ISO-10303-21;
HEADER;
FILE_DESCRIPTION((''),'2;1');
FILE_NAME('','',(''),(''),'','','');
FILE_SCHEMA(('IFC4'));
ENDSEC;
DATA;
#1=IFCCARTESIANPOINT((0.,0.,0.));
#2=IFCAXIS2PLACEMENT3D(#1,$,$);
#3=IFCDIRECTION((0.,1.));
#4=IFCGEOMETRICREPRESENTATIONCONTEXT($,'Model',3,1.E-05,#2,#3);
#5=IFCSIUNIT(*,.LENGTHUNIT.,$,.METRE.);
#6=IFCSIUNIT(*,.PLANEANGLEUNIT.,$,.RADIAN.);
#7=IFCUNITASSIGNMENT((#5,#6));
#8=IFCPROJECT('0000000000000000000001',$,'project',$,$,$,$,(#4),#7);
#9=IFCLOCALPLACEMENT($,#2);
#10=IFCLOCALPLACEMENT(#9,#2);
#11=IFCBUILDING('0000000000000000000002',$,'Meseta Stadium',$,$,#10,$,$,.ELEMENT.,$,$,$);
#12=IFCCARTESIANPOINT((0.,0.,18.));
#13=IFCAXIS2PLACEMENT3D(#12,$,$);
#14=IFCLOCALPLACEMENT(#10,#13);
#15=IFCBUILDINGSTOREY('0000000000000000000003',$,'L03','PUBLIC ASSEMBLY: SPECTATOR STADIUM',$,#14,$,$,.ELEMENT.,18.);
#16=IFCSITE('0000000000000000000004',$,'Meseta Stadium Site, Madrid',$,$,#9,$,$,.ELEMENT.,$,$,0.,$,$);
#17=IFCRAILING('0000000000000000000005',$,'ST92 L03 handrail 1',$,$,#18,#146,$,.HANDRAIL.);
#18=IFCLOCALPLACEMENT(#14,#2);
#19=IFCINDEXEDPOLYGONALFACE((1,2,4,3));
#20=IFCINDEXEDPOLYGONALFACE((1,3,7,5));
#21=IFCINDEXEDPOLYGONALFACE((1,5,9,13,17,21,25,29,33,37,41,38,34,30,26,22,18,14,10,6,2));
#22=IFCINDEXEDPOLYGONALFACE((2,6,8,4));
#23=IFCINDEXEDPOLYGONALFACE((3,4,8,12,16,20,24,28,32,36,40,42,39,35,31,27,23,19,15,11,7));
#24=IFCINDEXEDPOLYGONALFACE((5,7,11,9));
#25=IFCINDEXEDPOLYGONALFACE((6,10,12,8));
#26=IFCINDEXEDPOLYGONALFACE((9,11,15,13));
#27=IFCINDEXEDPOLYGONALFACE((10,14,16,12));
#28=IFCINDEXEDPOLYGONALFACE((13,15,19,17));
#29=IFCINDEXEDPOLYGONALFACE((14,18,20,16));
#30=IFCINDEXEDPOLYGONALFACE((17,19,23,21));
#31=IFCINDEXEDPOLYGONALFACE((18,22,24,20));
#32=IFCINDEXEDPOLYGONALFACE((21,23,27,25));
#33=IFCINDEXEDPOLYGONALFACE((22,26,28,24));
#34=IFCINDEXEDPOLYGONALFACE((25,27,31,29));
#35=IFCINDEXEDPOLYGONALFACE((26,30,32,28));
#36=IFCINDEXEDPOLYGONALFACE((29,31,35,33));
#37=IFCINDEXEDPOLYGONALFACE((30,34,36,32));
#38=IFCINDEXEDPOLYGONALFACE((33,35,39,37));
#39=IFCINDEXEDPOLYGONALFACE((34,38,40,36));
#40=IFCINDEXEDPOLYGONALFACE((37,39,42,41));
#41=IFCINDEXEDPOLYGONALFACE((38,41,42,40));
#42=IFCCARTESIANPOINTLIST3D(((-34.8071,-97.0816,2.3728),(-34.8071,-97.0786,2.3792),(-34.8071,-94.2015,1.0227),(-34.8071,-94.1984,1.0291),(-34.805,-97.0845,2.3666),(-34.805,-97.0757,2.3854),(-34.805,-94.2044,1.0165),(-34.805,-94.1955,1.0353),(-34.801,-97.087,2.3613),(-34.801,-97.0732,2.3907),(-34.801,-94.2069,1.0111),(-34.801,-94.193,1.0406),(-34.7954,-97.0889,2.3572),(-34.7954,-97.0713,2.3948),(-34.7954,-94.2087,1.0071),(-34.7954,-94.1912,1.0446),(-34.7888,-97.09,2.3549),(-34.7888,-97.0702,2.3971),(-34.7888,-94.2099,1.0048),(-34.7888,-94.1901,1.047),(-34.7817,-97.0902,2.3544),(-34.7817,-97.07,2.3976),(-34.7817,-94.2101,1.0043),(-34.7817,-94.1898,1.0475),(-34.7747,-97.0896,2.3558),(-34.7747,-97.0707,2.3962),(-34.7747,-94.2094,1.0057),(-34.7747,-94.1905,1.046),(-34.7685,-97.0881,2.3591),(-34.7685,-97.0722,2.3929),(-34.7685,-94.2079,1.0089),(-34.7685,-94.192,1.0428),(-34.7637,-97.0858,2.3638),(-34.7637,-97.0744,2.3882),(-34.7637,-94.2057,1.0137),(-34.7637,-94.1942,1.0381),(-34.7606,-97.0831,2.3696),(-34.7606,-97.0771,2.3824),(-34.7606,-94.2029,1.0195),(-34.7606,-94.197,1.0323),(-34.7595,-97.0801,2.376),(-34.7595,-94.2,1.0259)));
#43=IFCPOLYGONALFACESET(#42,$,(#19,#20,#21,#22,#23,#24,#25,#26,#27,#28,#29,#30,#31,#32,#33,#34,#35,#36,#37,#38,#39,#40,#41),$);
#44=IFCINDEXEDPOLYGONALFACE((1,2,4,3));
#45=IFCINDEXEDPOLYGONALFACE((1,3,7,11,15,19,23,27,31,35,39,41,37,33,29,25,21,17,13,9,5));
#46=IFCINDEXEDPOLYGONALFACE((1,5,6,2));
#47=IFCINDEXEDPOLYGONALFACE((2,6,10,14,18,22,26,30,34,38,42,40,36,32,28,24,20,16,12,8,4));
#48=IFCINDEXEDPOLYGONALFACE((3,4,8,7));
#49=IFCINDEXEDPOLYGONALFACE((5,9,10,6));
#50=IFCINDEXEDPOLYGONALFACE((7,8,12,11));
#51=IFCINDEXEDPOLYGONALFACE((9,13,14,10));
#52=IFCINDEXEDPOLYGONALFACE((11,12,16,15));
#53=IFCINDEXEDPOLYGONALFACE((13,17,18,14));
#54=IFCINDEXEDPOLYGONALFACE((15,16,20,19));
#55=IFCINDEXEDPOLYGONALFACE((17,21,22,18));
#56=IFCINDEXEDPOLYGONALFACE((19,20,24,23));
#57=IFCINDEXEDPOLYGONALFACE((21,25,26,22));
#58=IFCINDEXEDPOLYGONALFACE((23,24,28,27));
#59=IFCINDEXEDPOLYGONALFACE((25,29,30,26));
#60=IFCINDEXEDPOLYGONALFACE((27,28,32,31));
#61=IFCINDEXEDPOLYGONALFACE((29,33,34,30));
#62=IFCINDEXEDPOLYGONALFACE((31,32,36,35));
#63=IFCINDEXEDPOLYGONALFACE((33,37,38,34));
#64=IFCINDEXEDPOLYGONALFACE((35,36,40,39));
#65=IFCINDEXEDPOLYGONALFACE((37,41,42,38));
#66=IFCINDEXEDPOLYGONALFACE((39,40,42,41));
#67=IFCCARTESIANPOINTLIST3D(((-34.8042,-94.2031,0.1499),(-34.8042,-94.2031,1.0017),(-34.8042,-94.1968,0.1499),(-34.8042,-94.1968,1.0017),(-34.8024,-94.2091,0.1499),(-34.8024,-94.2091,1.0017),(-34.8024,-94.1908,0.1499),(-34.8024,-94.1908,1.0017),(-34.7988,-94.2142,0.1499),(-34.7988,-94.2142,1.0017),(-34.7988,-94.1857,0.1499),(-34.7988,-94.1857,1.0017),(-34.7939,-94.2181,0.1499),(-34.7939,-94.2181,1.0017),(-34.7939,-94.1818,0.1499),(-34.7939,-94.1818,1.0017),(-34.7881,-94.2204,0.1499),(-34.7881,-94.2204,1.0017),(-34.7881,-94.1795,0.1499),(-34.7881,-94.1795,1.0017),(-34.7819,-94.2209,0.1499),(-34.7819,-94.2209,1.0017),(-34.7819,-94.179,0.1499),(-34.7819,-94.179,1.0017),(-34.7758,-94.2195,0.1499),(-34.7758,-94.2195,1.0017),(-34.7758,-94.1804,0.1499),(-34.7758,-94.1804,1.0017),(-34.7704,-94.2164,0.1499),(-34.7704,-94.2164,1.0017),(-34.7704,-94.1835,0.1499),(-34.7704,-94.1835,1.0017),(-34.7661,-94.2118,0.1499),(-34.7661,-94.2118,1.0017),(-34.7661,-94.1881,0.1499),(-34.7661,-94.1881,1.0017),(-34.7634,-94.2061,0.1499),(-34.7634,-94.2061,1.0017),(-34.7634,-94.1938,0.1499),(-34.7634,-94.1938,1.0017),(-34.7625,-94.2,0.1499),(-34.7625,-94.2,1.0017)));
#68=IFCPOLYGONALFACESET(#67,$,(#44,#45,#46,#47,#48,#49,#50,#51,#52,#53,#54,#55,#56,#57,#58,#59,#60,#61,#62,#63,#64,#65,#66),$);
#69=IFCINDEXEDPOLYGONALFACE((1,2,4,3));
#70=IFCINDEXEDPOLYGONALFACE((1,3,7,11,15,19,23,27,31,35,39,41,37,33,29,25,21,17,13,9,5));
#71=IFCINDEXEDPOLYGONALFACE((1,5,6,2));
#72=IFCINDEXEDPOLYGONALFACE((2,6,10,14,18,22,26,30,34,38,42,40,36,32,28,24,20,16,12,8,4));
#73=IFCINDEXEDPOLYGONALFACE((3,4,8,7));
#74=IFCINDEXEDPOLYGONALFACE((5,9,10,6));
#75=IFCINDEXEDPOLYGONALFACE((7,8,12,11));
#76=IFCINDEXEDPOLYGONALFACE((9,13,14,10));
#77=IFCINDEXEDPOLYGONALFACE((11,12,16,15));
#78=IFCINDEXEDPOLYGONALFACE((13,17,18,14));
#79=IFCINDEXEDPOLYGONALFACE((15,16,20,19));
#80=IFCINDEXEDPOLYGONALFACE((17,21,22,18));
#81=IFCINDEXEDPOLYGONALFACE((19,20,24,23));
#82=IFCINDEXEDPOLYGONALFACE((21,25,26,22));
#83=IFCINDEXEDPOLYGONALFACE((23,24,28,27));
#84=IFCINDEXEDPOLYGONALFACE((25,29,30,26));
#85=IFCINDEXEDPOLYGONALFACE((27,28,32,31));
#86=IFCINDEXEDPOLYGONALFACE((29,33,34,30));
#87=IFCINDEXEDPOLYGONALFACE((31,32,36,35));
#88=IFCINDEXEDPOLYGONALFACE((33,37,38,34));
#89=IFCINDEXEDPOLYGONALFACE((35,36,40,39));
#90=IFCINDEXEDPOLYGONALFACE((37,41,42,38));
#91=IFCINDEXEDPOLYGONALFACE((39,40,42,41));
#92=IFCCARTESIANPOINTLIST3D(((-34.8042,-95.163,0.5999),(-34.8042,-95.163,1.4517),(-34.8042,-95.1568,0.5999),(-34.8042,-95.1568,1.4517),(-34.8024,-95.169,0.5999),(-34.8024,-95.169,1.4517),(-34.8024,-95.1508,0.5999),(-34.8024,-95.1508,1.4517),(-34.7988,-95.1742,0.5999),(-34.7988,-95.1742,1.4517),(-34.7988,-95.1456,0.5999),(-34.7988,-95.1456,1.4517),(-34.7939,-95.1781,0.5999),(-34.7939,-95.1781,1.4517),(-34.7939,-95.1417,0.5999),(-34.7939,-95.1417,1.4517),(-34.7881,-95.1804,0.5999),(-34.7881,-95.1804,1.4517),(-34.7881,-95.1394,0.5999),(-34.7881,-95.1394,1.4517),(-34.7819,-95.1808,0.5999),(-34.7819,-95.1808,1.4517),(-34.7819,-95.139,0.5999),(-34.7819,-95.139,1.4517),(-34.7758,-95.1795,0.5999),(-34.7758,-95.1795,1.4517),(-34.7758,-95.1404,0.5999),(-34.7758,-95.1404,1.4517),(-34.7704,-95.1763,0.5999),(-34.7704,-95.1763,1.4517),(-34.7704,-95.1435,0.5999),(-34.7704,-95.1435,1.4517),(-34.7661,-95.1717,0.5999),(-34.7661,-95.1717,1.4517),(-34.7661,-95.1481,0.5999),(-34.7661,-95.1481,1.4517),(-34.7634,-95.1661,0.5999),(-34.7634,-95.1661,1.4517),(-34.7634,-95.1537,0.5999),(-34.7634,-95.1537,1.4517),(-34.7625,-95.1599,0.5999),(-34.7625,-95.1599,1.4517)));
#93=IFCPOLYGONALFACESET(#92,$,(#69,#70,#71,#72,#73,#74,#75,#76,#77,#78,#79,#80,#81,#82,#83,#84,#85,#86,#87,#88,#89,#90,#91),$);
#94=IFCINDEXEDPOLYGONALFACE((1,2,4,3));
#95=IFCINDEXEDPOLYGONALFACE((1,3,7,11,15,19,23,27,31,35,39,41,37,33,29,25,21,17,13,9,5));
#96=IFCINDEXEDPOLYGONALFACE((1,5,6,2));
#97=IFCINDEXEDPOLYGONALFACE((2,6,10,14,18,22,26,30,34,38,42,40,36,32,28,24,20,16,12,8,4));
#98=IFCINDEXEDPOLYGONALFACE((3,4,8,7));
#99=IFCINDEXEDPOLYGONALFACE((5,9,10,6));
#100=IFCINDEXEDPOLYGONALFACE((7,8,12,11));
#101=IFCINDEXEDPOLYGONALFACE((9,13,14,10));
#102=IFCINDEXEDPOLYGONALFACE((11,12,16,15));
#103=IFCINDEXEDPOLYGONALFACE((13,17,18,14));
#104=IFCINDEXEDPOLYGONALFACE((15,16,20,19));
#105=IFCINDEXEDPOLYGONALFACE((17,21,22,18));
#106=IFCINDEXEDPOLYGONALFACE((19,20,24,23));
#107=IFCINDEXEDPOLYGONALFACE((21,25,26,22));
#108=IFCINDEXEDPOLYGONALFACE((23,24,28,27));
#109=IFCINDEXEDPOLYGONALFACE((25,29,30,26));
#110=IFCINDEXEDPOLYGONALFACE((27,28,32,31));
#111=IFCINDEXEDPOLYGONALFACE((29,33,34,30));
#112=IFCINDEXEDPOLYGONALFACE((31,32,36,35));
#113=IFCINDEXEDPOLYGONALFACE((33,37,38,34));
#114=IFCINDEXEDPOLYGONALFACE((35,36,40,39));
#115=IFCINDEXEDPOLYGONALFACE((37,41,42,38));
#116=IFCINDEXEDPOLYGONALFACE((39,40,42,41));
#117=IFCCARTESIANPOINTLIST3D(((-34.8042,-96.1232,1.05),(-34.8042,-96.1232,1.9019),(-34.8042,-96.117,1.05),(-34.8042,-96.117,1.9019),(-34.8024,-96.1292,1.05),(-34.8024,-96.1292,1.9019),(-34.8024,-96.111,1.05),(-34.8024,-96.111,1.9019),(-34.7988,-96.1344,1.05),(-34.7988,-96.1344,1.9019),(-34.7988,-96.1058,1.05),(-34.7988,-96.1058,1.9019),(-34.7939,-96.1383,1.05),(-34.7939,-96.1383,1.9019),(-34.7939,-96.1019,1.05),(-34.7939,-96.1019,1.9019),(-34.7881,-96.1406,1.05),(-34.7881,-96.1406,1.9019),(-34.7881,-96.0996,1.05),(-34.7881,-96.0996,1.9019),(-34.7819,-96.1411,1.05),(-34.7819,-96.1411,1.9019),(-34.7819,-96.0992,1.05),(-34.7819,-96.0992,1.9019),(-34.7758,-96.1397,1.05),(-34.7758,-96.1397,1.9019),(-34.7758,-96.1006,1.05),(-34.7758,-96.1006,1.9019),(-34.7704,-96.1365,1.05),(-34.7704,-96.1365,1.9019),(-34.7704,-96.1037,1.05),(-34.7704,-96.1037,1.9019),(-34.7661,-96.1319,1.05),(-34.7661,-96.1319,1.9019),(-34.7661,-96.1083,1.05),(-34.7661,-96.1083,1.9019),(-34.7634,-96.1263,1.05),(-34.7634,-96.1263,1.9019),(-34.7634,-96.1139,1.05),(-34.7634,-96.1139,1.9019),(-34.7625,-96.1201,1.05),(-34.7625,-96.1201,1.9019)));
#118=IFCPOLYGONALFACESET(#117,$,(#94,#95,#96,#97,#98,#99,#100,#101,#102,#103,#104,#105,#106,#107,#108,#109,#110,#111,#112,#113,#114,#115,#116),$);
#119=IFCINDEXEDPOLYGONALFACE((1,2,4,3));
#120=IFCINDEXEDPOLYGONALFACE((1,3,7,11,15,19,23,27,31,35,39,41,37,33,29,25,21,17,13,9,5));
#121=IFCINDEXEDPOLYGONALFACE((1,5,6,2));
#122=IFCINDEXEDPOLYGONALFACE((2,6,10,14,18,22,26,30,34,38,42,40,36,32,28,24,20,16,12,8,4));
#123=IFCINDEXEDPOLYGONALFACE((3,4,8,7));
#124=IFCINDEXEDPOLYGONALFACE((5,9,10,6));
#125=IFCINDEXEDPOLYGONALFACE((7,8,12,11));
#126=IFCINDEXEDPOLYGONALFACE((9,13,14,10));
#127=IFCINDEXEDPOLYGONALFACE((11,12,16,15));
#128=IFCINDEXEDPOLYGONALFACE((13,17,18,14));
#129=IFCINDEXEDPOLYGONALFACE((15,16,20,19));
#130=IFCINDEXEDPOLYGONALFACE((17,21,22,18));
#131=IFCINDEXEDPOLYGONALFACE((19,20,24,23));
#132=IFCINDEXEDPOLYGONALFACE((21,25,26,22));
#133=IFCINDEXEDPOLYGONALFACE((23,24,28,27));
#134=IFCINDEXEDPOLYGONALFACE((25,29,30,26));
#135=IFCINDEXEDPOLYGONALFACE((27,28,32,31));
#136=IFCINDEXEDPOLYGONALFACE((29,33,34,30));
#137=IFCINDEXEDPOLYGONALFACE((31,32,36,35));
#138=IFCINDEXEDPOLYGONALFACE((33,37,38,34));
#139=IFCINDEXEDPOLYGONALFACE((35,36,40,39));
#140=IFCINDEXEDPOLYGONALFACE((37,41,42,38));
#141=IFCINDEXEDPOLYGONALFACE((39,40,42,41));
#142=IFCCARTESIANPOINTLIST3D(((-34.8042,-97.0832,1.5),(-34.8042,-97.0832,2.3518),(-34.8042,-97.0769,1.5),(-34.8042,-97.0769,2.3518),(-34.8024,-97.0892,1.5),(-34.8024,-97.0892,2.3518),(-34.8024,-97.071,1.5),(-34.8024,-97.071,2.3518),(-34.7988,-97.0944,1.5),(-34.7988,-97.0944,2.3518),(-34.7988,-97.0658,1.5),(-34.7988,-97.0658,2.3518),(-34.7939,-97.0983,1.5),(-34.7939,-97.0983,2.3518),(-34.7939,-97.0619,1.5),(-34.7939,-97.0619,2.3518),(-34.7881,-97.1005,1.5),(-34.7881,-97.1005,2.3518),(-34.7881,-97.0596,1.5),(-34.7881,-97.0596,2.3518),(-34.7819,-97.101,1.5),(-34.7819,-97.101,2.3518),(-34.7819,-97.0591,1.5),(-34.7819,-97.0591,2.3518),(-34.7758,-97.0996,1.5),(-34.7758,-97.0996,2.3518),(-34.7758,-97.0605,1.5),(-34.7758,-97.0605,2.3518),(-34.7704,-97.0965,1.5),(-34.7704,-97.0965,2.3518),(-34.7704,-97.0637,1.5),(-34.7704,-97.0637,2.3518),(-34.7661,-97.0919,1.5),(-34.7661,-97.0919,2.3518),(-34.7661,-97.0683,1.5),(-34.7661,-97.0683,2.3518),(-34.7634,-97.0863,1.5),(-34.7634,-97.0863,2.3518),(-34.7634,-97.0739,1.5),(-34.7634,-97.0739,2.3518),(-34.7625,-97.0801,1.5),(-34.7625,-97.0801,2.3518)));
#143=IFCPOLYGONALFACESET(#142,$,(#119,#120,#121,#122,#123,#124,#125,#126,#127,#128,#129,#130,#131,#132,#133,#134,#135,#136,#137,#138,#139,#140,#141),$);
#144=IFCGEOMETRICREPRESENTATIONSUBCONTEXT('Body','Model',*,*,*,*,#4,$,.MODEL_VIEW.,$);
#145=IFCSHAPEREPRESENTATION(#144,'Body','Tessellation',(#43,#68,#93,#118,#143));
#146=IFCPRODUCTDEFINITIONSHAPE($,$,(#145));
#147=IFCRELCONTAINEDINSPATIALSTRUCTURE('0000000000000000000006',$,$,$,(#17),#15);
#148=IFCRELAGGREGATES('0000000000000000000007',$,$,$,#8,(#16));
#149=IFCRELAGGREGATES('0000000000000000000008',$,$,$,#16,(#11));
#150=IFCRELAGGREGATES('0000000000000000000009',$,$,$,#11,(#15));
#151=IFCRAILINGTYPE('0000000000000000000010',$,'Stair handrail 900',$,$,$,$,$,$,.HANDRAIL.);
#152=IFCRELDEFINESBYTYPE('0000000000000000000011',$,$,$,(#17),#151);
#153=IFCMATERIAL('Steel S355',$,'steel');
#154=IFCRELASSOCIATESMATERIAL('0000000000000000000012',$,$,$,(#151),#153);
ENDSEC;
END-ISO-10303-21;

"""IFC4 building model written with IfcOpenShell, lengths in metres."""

from ifc_helpers import new_model, si_unit, direction, frame, origin, origin_2d, place, context, subcontext, project, spatial, circle, extrude, material, type_object, element, save


model = new_model("IFC4")

# Units and contexts
model_context = context("Model", 3, precision=1e-05, world=origin(), true_north=direction((0.0, 1.0)))
body_context = subcontext(model_context, "Body", "Model", "MODEL_VIEW")
ifc_project = project(units=[si_unit("LENGTHUNIT", "METRE"), si_unit("PLANEANGLEUNIT", "RADIAN")], contexts=[model_context])

# Site, building, storey
site_placement = place(None, origin())
site = spatial("IfcSite", under=ifc_project, at=site_placement, Name="Meseta Stadium Site, Madrid", CompositionType="ELEMENT", RefElevation=0.0)
building_placement = place(site_placement, origin())
building = spatial("IfcBuilding", under=site, at=building_placement, Name="Meseta Stadium", CompositionType="ELEMENT")
storey_placement = place(building_placement, frame((0.0, 0.0, 18.0)))
storey = spatial("IfcBuildingStorey", under=building, at=storey_placement, Name="L03", Description="PUBLIC ASSEMBLY: SPECTATOR STADIUM", CompositionType="ELEMENT", Elevation=18.0)

# Railing
ifc_material_1 = material(Name="Steel S355", Category="steel")
railing_type_1 = type_object("IfcRailingType", Name="Stair handrail 900", PredefinedType="HANDRAIL", material=ifc_material_1)
for number, where, name in (
    (1, (-34.7834, -94.2, 0.1499), "ST92 L03 handrail 1"),
):
    element("IfcRailing", number, at=place(storey_placement, frame(where)), inside=storey, type_object=railing_type_1, Name=name, PredefinedType="HANDRAIL", context=body_context, shape_type="SweptSolid", body=[
        extrude(circle(Radius=0.0239, at=origin_2d()), frame((0.0, 0.0, 0.876), z_axis=(0.0, -0.905454, 0.424444), x_axis=(1.0, 0.0, 0.0)), (0.0, 0.0, 1.0), 3.1809),
        extrude(circle(Radius=0.021, at=origin_2d()), origin(), (0.0, 0.0, 1.0), 0.8518),
        extrude(circle(Radius=0.021, at=origin_2d()), frame((0.0, -0.96, 0.45)), (0.0, 0.0, 1.0), 0.8518),
        extrude(circle(Radius=0.021, at=origin_2d()), frame((0.0, -1.9202, 0.9001)), (0.0, 0.0, 1.0), 0.8518),
        extrude(circle(Radius=0.021, at=origin_2d()), frame((0.0, -2.8801, 1.3501)), (0.0, 0.0, 1.0), 0.8518),
    ])

save(model, "model.ifc")
